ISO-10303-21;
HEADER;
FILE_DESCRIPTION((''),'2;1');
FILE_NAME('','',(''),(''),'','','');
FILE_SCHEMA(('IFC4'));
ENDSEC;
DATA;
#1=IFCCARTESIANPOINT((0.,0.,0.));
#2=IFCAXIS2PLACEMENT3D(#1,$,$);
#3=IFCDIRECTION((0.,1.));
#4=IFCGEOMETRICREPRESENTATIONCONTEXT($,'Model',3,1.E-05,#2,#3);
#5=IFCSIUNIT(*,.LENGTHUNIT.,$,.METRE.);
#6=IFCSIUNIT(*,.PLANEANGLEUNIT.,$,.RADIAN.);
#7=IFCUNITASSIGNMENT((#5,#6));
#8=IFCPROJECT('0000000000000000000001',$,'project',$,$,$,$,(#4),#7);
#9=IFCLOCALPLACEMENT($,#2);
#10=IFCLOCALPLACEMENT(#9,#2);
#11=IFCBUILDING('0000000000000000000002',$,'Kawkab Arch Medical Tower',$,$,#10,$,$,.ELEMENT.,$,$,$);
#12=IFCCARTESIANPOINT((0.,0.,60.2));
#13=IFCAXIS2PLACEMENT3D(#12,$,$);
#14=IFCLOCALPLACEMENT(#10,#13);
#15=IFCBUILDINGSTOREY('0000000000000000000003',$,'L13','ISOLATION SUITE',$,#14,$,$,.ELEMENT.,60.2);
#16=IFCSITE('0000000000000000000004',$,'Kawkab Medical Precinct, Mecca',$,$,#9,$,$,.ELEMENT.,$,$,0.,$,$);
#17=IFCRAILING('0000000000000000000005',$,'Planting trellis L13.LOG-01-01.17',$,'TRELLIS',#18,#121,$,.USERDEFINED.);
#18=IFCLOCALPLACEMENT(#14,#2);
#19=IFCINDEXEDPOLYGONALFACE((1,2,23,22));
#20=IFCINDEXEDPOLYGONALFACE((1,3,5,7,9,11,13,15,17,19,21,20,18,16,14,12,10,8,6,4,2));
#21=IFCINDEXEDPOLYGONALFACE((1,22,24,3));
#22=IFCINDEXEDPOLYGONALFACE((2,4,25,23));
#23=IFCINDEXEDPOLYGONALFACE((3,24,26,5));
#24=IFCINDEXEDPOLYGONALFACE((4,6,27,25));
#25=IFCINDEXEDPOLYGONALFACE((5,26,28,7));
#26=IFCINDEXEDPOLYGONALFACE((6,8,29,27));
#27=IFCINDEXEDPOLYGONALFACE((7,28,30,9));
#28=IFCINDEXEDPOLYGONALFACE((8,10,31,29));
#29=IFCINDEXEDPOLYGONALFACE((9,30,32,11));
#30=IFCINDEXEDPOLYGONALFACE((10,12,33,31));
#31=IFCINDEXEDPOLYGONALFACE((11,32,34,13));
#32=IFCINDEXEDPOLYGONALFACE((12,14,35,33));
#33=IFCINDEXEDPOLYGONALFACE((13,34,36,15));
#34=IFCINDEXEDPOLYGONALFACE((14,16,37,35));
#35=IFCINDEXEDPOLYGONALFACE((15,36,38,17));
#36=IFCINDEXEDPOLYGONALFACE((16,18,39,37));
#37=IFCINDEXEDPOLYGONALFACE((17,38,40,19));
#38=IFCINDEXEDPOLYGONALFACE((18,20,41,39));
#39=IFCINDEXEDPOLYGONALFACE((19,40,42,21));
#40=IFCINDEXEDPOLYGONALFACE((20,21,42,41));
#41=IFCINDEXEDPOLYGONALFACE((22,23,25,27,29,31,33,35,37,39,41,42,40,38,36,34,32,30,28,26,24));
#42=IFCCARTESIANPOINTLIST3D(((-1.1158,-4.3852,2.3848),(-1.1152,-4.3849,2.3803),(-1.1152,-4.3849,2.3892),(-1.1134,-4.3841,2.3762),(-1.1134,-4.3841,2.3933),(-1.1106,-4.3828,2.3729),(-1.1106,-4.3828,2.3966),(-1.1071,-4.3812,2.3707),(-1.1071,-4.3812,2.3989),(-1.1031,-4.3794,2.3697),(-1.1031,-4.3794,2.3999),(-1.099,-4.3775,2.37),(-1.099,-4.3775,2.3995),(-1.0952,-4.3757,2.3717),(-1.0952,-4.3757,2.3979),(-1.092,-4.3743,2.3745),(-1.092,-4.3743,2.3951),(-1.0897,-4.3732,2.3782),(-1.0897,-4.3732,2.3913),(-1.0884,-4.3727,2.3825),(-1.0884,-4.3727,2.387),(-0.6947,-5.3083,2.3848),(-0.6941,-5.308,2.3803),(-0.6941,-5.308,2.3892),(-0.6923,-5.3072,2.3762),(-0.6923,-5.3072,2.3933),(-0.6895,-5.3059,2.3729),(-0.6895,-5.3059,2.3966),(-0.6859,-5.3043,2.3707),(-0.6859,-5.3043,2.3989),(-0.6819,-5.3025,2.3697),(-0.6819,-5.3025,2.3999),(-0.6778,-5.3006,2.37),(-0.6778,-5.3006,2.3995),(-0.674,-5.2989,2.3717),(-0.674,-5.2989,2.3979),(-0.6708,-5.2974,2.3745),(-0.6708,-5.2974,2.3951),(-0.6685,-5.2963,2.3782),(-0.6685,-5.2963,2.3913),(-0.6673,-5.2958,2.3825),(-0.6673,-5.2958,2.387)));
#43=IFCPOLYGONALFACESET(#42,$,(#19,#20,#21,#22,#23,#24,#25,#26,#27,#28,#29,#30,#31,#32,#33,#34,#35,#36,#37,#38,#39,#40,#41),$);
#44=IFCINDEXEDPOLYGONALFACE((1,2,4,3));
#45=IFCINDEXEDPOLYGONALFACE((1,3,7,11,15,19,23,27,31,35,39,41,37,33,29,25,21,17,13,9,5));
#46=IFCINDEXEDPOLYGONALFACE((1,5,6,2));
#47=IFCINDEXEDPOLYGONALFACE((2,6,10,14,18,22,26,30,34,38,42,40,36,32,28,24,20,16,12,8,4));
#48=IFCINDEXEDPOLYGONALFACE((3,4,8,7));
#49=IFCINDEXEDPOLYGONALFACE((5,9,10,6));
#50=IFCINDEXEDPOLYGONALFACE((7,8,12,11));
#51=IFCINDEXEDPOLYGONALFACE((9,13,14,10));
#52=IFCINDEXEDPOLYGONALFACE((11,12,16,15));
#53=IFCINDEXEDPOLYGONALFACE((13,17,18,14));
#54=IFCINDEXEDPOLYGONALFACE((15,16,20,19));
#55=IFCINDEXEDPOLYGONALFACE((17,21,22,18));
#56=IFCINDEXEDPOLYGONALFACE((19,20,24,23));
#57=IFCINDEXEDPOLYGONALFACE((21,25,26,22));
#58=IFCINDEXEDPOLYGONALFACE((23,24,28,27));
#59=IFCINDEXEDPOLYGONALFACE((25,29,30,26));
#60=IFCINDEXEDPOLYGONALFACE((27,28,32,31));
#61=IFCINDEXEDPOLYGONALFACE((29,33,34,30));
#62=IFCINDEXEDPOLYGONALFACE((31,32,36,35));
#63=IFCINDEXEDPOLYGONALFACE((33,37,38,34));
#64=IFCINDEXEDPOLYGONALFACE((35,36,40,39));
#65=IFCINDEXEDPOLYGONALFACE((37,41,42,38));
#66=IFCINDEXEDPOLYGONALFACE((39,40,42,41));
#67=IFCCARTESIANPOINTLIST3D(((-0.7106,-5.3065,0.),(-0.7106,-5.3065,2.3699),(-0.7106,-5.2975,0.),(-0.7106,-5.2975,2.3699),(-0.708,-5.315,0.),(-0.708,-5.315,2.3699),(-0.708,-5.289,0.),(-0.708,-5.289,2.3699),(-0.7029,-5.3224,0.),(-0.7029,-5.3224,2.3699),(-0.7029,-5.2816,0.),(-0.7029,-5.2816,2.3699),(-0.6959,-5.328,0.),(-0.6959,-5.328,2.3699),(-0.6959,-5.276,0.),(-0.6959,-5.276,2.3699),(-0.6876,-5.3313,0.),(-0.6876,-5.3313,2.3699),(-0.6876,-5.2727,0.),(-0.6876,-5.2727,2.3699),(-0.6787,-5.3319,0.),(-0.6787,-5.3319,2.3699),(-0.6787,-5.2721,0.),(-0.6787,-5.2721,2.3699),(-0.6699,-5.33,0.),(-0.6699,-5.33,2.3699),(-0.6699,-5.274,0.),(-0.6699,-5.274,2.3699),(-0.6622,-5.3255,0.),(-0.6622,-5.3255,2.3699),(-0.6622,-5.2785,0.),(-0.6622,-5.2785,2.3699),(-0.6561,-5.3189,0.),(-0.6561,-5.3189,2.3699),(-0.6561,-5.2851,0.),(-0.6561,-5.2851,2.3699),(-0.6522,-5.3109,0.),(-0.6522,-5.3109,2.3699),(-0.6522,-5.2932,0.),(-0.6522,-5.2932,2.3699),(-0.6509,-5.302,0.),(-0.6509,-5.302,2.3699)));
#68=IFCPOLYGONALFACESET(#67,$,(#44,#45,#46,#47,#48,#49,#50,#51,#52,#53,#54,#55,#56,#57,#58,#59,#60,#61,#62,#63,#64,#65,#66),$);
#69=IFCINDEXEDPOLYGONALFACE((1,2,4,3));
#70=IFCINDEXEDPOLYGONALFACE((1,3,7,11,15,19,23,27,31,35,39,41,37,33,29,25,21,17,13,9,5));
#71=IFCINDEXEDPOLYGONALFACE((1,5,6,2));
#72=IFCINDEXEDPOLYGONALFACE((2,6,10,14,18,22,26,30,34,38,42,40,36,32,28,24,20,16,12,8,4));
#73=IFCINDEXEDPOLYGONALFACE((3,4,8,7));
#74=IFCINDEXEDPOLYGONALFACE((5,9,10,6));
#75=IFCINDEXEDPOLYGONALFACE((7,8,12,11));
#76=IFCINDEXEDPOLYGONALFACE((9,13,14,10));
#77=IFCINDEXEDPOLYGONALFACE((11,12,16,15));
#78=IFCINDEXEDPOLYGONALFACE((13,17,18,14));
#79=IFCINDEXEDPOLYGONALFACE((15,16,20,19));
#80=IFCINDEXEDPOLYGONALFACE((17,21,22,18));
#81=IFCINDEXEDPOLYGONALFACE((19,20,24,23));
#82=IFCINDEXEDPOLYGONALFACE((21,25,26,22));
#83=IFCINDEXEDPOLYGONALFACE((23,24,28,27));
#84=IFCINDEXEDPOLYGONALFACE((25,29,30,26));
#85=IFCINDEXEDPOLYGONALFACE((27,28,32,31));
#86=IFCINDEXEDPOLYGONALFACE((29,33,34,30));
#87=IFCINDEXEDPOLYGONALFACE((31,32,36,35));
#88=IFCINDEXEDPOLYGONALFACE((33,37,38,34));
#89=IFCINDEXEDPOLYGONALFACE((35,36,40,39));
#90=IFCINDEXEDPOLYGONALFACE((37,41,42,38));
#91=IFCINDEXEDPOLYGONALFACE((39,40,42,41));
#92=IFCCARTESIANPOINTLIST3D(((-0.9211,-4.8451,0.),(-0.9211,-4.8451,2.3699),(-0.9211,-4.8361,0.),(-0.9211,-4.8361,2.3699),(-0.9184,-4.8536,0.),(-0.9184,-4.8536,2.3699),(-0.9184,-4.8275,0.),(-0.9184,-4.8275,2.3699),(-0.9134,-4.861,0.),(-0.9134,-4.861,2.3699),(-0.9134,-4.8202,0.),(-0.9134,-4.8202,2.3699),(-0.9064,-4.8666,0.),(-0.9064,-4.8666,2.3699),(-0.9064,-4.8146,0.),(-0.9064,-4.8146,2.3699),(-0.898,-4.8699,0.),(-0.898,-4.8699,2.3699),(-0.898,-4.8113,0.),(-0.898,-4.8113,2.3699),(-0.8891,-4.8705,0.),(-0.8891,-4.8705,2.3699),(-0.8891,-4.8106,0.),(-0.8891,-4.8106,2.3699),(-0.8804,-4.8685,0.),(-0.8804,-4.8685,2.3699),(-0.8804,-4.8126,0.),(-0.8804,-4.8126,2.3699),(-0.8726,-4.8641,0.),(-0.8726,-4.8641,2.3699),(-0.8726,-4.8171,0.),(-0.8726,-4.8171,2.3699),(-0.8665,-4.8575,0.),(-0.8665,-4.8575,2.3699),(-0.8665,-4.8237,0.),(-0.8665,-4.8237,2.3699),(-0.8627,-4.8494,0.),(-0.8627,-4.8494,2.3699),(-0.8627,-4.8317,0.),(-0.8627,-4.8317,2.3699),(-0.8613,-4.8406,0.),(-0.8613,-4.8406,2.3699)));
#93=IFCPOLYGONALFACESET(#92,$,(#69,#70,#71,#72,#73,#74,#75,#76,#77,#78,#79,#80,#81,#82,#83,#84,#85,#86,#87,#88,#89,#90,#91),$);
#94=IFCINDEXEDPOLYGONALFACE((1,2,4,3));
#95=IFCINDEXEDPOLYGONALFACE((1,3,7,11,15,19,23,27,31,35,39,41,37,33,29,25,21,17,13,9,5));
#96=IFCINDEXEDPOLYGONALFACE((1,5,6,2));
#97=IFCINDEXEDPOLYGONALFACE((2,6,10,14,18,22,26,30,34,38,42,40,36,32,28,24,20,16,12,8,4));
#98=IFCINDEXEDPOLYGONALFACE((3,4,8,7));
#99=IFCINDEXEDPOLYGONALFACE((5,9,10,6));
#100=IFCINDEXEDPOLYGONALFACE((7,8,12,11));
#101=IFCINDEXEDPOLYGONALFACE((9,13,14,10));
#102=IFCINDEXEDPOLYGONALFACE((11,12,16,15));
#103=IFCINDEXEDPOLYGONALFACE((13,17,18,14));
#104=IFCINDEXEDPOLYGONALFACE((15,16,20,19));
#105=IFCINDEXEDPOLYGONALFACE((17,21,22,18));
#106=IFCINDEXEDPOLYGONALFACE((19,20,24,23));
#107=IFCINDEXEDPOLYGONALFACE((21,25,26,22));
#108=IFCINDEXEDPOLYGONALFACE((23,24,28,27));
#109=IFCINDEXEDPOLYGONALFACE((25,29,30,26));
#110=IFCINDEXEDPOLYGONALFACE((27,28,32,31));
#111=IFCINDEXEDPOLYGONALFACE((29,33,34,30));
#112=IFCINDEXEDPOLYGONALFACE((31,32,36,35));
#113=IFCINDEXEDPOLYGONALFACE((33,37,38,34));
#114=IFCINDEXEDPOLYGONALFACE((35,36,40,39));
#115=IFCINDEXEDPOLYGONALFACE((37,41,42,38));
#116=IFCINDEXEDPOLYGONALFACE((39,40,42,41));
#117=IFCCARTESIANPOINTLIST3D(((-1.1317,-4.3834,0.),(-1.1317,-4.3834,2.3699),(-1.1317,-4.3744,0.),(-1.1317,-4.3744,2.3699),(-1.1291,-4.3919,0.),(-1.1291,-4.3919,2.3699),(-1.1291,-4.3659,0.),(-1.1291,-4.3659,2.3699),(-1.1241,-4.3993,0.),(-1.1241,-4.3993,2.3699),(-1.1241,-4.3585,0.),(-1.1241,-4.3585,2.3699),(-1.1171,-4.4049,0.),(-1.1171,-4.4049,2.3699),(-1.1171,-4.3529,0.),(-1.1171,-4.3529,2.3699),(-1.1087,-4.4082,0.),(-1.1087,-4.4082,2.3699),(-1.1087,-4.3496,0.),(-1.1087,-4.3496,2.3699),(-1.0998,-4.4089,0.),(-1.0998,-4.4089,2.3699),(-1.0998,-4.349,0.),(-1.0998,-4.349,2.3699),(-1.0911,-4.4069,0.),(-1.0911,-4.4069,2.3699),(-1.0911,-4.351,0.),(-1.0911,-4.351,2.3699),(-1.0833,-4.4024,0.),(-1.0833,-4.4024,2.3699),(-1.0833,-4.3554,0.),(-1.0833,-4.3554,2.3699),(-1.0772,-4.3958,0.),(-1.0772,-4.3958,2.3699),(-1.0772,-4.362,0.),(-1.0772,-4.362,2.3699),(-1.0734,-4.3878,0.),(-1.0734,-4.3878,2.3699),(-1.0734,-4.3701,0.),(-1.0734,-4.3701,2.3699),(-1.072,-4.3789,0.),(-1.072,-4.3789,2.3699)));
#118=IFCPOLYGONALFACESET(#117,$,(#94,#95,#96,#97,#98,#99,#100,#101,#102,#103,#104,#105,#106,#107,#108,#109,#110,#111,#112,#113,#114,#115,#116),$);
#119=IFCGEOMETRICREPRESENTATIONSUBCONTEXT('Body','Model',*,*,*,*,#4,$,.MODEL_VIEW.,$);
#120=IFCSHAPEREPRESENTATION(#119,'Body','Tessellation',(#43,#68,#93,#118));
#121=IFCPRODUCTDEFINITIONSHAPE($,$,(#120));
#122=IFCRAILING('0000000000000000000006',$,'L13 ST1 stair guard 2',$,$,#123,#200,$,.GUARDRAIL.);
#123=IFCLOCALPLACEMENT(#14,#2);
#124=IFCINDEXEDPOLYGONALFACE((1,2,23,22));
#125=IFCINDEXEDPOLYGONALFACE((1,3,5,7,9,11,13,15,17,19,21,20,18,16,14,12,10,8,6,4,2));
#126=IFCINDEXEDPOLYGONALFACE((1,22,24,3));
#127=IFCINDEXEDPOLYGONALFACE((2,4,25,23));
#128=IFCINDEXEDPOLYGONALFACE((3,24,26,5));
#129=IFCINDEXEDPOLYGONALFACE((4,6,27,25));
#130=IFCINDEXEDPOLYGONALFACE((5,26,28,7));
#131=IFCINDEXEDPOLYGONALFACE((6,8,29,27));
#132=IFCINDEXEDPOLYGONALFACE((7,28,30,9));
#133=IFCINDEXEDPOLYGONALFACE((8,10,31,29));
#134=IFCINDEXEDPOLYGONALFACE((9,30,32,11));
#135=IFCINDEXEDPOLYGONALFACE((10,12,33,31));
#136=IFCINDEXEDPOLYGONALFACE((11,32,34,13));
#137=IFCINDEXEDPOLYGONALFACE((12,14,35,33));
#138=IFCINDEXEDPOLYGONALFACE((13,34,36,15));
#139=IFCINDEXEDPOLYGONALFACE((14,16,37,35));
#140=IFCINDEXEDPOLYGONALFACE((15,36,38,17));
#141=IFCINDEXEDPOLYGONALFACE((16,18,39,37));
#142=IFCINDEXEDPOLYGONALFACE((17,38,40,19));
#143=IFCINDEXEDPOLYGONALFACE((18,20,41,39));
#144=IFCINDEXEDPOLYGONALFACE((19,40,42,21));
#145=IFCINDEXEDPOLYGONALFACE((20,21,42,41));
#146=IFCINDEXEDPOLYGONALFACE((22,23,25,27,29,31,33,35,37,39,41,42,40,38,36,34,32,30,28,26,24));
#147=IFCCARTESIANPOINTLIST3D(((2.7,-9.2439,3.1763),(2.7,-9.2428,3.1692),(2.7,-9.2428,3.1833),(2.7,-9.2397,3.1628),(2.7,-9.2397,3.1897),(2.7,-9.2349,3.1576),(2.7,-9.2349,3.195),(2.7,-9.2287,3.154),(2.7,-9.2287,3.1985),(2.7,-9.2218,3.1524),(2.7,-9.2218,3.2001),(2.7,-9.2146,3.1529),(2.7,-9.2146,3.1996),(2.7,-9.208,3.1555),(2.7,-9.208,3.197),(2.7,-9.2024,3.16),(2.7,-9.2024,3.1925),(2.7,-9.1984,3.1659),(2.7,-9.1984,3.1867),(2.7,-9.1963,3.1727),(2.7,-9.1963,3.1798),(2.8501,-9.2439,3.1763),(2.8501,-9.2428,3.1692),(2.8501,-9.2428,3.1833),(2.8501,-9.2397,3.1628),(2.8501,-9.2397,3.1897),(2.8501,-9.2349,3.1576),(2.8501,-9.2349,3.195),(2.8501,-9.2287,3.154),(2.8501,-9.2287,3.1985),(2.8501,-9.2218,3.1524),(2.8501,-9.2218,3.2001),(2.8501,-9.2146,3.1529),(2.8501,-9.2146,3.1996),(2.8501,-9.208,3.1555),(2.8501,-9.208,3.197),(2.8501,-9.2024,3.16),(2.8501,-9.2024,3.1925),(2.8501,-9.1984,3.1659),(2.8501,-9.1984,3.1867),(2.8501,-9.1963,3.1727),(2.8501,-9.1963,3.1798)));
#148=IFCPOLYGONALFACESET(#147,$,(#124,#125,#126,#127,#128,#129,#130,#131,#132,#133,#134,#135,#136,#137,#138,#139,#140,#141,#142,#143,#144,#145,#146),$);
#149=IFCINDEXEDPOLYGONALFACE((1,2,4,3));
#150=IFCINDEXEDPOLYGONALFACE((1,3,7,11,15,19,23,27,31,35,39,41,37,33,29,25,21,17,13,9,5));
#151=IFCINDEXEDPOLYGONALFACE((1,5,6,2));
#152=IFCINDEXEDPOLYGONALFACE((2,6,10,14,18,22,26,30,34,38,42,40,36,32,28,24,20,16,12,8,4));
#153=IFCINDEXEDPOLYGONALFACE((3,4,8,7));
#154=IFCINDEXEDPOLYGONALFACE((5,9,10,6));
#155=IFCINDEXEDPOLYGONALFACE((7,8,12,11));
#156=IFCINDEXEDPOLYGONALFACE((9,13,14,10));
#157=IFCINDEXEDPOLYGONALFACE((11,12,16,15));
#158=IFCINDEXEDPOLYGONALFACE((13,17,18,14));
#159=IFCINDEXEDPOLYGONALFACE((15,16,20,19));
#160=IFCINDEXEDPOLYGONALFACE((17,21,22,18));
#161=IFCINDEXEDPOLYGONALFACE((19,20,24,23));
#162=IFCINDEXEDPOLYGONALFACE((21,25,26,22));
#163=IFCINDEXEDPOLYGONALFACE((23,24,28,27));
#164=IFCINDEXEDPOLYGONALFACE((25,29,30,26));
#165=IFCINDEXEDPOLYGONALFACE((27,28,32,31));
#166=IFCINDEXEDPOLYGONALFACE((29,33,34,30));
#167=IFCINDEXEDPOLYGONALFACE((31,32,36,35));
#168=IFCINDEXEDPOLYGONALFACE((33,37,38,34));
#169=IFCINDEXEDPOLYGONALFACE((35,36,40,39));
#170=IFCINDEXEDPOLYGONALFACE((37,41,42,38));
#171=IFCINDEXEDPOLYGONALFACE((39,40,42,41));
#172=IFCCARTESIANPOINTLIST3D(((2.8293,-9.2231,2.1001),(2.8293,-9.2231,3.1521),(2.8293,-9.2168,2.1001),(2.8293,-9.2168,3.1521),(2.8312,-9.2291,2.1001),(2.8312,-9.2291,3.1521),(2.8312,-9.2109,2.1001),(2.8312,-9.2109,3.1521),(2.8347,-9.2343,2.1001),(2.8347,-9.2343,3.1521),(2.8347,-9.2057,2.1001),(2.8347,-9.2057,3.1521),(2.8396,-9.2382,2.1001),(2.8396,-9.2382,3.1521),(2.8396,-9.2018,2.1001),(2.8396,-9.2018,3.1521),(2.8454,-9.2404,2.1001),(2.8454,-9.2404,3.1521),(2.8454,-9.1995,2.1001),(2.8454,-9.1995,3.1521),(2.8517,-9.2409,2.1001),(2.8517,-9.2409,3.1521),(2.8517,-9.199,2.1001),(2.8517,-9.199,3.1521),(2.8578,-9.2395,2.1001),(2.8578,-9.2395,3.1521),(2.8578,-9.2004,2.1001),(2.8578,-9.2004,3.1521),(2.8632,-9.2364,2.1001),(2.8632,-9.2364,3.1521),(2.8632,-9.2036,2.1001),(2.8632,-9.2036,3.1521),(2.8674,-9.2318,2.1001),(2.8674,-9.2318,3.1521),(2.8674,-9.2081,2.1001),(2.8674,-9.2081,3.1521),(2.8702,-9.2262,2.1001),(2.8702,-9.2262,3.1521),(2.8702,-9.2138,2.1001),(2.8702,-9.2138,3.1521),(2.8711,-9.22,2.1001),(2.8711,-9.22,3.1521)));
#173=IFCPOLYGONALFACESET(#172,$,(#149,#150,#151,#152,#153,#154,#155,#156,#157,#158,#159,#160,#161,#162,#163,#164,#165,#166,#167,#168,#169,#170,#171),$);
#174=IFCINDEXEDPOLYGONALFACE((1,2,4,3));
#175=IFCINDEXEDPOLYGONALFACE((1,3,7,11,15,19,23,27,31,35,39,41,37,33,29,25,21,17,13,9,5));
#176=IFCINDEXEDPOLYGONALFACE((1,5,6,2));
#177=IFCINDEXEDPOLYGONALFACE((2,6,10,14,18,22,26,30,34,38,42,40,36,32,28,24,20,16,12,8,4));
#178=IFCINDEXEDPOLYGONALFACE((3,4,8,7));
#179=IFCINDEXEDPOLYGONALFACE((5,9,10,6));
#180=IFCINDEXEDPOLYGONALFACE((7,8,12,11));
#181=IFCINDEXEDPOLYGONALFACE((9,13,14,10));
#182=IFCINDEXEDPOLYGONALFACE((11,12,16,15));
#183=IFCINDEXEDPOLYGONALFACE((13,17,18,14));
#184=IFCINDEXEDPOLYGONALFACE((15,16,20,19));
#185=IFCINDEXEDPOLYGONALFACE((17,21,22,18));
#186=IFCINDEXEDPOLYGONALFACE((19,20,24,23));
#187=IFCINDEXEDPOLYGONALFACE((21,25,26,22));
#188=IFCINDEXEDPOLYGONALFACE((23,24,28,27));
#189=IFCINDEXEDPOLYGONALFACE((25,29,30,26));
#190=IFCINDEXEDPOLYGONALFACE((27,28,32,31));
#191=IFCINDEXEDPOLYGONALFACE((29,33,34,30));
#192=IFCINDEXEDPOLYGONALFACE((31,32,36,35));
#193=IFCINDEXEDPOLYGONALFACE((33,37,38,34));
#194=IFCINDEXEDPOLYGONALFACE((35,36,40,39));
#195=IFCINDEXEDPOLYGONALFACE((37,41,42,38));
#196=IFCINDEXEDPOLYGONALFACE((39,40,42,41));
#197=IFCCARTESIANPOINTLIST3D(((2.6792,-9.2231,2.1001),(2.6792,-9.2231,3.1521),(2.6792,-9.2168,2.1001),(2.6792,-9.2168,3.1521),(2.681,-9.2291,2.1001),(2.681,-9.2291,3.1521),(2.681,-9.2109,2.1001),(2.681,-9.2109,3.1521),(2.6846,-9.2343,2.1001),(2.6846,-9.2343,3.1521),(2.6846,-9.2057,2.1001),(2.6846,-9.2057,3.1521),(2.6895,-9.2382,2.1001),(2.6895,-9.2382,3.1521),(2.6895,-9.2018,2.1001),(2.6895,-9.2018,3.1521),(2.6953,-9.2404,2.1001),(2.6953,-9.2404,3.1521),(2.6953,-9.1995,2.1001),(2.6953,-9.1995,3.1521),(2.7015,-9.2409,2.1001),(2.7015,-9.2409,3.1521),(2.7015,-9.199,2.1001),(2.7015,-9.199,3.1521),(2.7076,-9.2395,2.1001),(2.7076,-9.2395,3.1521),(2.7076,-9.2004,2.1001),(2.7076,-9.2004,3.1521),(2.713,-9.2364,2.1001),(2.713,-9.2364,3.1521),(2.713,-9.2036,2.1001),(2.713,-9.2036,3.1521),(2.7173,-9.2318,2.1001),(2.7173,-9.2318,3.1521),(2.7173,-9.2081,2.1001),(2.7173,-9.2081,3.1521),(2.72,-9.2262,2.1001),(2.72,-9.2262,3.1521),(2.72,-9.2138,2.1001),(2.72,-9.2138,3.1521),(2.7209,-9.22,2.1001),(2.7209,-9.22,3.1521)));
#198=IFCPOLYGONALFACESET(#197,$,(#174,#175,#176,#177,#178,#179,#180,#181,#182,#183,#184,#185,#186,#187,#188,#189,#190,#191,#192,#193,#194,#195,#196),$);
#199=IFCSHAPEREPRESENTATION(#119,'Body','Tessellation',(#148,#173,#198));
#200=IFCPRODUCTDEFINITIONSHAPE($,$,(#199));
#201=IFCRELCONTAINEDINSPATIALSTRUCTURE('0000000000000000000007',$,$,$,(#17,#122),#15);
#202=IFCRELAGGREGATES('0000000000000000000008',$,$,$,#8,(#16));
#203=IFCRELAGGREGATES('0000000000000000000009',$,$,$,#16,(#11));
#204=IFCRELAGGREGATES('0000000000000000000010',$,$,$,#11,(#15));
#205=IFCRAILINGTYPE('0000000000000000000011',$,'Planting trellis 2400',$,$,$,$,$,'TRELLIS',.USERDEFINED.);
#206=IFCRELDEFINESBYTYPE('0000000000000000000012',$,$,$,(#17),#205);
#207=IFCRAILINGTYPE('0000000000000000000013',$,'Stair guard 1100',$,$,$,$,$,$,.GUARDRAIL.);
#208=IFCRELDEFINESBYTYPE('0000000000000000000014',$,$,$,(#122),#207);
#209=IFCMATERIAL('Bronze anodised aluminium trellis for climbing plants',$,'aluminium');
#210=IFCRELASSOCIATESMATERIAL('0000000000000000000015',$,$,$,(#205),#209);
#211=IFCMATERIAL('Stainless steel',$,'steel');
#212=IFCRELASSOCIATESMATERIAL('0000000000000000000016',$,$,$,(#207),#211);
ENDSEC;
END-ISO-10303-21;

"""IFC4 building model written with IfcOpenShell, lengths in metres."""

from ifc_helpers import new_model, si_unit, direction, frame, origin, origin_2d, place, context, subcontext, project, spatial, circle, extrude, material, type_object, element, save


model = new_model("IFC4")

# Units and contexts
model_context = context("Model", 3, precision=1e-05, world=origin(), true_north=direction((0.0, 1.0)))
body_context = subcontext(model_context, "Body", "Model", "MODEL_VIEW")
ifc_project = project(units=[si_unit("LENGTHUNIT", "METRE"), si_unit("PLANEANGLEUNIT", "RADIAN")], contexts=[model_context])

# Site, building, storey
site_placement = place(None, origin())
site = spatial("IfcSite", under=ifc_project, at=site_placement, Name="Kawkab Medical Precinct, Mecca", CompositionType="ELEMENT", RefElevation=0.0)
building_placement = place(site_placement, origin())
building = spatial("IfcBuilding", under=site, at=building_placement, Name="Kawkab Arch Medical Tower", CompositionType="ELEMENT")
storey_placement = place(building_placement, frame((0.0, 0.0, 60.2)))
storey = spatial("IfcBuildingStorey", under=building, at=storey_placement, Name="L13", Description="ISOLATION SUITE", CompositionType="ELEMENT", Elevation=60.2)

# Railings
ifc_material_1 = material(Name="Bronze anodised aluminium trellis for climbing plants", Category="aluminium")
railing_type_1 = type_object("IfcRailingType", Name="Planting trellis 2400", ElementType="TRELLIS", PredefinedType="USERDEFINED", material=ifc_material_1)
railing_1_placement = place(storey_placement, frame((-0.6809, -5.302, 0.0)))
element("IfcRailing", 1, at=railing_1_placement, inside=storey, type_object=railing_type_1, Name="Planting trellis L13.LOG-01-01.17", ObjectType="TRELLIS", PredefinedType="USERDEFINED", context=body_context, shape_type="SweptSolid", body=[
    extrude(circle(Radius=0.0151, at=origin_2d()), frame((0.0, 0.0, 2.3848), z_axis=(-0.415072, 0.909789, 0.0), x_axis=(-0.909789, -0.415072, 0.0)), (0.0, 0.0, 1.0), 1.0146),
    extrude(circle(Radius=0.03, at=origin_2d()), origin(), (0.0, 0.0, 1.0), 2.3699),
    extrude(circle(Radius=0.03, at=origin_2d()), frame((-0.2104, 0.4614, 0.0)), (0.0, 0.0, 1.0), 2.3699),
    extrude(circle(Radius=0.03, at=origin_2d()), frame((-0.4211, 0.9231, 0.0)), (0.0, 0.0, 1.0), 2.3699),
])
ifc_material_2 = material(Name="Stainless steel", Category="steel")
railing_type_2 = type_object("IfcRailingType", Name="Stair guard 1100", PredefinedType="GUARDRAIL", material=ifc_material_2)
railing_2_placement = place(storey_placement, frame((2.8501, -9.22, 2.1001)))
element("IfcRailing", 2, at=railing_2_placement, inside=storey, type_object=railing_type_2, Name="L13 ST1 stair guard 2", PredefinedType="GUARDRAIL", context=body_context, shape_type="SweptSolid", body=[
    extrude(circle(Radius=0.0239, at=origin_2d()), frame((0.0, 0.0, 1.0762), z_axis=(-1.0, 0.0, 0.0), x_axis=(0.0, -1.0, 0.0)), (0.0, 0.0, 1.0), 0.1501),
    extrude(circle(Radius=0.021, at=origin_2d()), origin(), (0.0, 0.0, 1.0), 1.052),
    extrude(circle(Radius=0.021, at=origin_2d()), frame((-0.1501, 0.0, 0.0)), (0.0, 0.0, 1.0), 1.052),
])

save(model, "model.ifc")
